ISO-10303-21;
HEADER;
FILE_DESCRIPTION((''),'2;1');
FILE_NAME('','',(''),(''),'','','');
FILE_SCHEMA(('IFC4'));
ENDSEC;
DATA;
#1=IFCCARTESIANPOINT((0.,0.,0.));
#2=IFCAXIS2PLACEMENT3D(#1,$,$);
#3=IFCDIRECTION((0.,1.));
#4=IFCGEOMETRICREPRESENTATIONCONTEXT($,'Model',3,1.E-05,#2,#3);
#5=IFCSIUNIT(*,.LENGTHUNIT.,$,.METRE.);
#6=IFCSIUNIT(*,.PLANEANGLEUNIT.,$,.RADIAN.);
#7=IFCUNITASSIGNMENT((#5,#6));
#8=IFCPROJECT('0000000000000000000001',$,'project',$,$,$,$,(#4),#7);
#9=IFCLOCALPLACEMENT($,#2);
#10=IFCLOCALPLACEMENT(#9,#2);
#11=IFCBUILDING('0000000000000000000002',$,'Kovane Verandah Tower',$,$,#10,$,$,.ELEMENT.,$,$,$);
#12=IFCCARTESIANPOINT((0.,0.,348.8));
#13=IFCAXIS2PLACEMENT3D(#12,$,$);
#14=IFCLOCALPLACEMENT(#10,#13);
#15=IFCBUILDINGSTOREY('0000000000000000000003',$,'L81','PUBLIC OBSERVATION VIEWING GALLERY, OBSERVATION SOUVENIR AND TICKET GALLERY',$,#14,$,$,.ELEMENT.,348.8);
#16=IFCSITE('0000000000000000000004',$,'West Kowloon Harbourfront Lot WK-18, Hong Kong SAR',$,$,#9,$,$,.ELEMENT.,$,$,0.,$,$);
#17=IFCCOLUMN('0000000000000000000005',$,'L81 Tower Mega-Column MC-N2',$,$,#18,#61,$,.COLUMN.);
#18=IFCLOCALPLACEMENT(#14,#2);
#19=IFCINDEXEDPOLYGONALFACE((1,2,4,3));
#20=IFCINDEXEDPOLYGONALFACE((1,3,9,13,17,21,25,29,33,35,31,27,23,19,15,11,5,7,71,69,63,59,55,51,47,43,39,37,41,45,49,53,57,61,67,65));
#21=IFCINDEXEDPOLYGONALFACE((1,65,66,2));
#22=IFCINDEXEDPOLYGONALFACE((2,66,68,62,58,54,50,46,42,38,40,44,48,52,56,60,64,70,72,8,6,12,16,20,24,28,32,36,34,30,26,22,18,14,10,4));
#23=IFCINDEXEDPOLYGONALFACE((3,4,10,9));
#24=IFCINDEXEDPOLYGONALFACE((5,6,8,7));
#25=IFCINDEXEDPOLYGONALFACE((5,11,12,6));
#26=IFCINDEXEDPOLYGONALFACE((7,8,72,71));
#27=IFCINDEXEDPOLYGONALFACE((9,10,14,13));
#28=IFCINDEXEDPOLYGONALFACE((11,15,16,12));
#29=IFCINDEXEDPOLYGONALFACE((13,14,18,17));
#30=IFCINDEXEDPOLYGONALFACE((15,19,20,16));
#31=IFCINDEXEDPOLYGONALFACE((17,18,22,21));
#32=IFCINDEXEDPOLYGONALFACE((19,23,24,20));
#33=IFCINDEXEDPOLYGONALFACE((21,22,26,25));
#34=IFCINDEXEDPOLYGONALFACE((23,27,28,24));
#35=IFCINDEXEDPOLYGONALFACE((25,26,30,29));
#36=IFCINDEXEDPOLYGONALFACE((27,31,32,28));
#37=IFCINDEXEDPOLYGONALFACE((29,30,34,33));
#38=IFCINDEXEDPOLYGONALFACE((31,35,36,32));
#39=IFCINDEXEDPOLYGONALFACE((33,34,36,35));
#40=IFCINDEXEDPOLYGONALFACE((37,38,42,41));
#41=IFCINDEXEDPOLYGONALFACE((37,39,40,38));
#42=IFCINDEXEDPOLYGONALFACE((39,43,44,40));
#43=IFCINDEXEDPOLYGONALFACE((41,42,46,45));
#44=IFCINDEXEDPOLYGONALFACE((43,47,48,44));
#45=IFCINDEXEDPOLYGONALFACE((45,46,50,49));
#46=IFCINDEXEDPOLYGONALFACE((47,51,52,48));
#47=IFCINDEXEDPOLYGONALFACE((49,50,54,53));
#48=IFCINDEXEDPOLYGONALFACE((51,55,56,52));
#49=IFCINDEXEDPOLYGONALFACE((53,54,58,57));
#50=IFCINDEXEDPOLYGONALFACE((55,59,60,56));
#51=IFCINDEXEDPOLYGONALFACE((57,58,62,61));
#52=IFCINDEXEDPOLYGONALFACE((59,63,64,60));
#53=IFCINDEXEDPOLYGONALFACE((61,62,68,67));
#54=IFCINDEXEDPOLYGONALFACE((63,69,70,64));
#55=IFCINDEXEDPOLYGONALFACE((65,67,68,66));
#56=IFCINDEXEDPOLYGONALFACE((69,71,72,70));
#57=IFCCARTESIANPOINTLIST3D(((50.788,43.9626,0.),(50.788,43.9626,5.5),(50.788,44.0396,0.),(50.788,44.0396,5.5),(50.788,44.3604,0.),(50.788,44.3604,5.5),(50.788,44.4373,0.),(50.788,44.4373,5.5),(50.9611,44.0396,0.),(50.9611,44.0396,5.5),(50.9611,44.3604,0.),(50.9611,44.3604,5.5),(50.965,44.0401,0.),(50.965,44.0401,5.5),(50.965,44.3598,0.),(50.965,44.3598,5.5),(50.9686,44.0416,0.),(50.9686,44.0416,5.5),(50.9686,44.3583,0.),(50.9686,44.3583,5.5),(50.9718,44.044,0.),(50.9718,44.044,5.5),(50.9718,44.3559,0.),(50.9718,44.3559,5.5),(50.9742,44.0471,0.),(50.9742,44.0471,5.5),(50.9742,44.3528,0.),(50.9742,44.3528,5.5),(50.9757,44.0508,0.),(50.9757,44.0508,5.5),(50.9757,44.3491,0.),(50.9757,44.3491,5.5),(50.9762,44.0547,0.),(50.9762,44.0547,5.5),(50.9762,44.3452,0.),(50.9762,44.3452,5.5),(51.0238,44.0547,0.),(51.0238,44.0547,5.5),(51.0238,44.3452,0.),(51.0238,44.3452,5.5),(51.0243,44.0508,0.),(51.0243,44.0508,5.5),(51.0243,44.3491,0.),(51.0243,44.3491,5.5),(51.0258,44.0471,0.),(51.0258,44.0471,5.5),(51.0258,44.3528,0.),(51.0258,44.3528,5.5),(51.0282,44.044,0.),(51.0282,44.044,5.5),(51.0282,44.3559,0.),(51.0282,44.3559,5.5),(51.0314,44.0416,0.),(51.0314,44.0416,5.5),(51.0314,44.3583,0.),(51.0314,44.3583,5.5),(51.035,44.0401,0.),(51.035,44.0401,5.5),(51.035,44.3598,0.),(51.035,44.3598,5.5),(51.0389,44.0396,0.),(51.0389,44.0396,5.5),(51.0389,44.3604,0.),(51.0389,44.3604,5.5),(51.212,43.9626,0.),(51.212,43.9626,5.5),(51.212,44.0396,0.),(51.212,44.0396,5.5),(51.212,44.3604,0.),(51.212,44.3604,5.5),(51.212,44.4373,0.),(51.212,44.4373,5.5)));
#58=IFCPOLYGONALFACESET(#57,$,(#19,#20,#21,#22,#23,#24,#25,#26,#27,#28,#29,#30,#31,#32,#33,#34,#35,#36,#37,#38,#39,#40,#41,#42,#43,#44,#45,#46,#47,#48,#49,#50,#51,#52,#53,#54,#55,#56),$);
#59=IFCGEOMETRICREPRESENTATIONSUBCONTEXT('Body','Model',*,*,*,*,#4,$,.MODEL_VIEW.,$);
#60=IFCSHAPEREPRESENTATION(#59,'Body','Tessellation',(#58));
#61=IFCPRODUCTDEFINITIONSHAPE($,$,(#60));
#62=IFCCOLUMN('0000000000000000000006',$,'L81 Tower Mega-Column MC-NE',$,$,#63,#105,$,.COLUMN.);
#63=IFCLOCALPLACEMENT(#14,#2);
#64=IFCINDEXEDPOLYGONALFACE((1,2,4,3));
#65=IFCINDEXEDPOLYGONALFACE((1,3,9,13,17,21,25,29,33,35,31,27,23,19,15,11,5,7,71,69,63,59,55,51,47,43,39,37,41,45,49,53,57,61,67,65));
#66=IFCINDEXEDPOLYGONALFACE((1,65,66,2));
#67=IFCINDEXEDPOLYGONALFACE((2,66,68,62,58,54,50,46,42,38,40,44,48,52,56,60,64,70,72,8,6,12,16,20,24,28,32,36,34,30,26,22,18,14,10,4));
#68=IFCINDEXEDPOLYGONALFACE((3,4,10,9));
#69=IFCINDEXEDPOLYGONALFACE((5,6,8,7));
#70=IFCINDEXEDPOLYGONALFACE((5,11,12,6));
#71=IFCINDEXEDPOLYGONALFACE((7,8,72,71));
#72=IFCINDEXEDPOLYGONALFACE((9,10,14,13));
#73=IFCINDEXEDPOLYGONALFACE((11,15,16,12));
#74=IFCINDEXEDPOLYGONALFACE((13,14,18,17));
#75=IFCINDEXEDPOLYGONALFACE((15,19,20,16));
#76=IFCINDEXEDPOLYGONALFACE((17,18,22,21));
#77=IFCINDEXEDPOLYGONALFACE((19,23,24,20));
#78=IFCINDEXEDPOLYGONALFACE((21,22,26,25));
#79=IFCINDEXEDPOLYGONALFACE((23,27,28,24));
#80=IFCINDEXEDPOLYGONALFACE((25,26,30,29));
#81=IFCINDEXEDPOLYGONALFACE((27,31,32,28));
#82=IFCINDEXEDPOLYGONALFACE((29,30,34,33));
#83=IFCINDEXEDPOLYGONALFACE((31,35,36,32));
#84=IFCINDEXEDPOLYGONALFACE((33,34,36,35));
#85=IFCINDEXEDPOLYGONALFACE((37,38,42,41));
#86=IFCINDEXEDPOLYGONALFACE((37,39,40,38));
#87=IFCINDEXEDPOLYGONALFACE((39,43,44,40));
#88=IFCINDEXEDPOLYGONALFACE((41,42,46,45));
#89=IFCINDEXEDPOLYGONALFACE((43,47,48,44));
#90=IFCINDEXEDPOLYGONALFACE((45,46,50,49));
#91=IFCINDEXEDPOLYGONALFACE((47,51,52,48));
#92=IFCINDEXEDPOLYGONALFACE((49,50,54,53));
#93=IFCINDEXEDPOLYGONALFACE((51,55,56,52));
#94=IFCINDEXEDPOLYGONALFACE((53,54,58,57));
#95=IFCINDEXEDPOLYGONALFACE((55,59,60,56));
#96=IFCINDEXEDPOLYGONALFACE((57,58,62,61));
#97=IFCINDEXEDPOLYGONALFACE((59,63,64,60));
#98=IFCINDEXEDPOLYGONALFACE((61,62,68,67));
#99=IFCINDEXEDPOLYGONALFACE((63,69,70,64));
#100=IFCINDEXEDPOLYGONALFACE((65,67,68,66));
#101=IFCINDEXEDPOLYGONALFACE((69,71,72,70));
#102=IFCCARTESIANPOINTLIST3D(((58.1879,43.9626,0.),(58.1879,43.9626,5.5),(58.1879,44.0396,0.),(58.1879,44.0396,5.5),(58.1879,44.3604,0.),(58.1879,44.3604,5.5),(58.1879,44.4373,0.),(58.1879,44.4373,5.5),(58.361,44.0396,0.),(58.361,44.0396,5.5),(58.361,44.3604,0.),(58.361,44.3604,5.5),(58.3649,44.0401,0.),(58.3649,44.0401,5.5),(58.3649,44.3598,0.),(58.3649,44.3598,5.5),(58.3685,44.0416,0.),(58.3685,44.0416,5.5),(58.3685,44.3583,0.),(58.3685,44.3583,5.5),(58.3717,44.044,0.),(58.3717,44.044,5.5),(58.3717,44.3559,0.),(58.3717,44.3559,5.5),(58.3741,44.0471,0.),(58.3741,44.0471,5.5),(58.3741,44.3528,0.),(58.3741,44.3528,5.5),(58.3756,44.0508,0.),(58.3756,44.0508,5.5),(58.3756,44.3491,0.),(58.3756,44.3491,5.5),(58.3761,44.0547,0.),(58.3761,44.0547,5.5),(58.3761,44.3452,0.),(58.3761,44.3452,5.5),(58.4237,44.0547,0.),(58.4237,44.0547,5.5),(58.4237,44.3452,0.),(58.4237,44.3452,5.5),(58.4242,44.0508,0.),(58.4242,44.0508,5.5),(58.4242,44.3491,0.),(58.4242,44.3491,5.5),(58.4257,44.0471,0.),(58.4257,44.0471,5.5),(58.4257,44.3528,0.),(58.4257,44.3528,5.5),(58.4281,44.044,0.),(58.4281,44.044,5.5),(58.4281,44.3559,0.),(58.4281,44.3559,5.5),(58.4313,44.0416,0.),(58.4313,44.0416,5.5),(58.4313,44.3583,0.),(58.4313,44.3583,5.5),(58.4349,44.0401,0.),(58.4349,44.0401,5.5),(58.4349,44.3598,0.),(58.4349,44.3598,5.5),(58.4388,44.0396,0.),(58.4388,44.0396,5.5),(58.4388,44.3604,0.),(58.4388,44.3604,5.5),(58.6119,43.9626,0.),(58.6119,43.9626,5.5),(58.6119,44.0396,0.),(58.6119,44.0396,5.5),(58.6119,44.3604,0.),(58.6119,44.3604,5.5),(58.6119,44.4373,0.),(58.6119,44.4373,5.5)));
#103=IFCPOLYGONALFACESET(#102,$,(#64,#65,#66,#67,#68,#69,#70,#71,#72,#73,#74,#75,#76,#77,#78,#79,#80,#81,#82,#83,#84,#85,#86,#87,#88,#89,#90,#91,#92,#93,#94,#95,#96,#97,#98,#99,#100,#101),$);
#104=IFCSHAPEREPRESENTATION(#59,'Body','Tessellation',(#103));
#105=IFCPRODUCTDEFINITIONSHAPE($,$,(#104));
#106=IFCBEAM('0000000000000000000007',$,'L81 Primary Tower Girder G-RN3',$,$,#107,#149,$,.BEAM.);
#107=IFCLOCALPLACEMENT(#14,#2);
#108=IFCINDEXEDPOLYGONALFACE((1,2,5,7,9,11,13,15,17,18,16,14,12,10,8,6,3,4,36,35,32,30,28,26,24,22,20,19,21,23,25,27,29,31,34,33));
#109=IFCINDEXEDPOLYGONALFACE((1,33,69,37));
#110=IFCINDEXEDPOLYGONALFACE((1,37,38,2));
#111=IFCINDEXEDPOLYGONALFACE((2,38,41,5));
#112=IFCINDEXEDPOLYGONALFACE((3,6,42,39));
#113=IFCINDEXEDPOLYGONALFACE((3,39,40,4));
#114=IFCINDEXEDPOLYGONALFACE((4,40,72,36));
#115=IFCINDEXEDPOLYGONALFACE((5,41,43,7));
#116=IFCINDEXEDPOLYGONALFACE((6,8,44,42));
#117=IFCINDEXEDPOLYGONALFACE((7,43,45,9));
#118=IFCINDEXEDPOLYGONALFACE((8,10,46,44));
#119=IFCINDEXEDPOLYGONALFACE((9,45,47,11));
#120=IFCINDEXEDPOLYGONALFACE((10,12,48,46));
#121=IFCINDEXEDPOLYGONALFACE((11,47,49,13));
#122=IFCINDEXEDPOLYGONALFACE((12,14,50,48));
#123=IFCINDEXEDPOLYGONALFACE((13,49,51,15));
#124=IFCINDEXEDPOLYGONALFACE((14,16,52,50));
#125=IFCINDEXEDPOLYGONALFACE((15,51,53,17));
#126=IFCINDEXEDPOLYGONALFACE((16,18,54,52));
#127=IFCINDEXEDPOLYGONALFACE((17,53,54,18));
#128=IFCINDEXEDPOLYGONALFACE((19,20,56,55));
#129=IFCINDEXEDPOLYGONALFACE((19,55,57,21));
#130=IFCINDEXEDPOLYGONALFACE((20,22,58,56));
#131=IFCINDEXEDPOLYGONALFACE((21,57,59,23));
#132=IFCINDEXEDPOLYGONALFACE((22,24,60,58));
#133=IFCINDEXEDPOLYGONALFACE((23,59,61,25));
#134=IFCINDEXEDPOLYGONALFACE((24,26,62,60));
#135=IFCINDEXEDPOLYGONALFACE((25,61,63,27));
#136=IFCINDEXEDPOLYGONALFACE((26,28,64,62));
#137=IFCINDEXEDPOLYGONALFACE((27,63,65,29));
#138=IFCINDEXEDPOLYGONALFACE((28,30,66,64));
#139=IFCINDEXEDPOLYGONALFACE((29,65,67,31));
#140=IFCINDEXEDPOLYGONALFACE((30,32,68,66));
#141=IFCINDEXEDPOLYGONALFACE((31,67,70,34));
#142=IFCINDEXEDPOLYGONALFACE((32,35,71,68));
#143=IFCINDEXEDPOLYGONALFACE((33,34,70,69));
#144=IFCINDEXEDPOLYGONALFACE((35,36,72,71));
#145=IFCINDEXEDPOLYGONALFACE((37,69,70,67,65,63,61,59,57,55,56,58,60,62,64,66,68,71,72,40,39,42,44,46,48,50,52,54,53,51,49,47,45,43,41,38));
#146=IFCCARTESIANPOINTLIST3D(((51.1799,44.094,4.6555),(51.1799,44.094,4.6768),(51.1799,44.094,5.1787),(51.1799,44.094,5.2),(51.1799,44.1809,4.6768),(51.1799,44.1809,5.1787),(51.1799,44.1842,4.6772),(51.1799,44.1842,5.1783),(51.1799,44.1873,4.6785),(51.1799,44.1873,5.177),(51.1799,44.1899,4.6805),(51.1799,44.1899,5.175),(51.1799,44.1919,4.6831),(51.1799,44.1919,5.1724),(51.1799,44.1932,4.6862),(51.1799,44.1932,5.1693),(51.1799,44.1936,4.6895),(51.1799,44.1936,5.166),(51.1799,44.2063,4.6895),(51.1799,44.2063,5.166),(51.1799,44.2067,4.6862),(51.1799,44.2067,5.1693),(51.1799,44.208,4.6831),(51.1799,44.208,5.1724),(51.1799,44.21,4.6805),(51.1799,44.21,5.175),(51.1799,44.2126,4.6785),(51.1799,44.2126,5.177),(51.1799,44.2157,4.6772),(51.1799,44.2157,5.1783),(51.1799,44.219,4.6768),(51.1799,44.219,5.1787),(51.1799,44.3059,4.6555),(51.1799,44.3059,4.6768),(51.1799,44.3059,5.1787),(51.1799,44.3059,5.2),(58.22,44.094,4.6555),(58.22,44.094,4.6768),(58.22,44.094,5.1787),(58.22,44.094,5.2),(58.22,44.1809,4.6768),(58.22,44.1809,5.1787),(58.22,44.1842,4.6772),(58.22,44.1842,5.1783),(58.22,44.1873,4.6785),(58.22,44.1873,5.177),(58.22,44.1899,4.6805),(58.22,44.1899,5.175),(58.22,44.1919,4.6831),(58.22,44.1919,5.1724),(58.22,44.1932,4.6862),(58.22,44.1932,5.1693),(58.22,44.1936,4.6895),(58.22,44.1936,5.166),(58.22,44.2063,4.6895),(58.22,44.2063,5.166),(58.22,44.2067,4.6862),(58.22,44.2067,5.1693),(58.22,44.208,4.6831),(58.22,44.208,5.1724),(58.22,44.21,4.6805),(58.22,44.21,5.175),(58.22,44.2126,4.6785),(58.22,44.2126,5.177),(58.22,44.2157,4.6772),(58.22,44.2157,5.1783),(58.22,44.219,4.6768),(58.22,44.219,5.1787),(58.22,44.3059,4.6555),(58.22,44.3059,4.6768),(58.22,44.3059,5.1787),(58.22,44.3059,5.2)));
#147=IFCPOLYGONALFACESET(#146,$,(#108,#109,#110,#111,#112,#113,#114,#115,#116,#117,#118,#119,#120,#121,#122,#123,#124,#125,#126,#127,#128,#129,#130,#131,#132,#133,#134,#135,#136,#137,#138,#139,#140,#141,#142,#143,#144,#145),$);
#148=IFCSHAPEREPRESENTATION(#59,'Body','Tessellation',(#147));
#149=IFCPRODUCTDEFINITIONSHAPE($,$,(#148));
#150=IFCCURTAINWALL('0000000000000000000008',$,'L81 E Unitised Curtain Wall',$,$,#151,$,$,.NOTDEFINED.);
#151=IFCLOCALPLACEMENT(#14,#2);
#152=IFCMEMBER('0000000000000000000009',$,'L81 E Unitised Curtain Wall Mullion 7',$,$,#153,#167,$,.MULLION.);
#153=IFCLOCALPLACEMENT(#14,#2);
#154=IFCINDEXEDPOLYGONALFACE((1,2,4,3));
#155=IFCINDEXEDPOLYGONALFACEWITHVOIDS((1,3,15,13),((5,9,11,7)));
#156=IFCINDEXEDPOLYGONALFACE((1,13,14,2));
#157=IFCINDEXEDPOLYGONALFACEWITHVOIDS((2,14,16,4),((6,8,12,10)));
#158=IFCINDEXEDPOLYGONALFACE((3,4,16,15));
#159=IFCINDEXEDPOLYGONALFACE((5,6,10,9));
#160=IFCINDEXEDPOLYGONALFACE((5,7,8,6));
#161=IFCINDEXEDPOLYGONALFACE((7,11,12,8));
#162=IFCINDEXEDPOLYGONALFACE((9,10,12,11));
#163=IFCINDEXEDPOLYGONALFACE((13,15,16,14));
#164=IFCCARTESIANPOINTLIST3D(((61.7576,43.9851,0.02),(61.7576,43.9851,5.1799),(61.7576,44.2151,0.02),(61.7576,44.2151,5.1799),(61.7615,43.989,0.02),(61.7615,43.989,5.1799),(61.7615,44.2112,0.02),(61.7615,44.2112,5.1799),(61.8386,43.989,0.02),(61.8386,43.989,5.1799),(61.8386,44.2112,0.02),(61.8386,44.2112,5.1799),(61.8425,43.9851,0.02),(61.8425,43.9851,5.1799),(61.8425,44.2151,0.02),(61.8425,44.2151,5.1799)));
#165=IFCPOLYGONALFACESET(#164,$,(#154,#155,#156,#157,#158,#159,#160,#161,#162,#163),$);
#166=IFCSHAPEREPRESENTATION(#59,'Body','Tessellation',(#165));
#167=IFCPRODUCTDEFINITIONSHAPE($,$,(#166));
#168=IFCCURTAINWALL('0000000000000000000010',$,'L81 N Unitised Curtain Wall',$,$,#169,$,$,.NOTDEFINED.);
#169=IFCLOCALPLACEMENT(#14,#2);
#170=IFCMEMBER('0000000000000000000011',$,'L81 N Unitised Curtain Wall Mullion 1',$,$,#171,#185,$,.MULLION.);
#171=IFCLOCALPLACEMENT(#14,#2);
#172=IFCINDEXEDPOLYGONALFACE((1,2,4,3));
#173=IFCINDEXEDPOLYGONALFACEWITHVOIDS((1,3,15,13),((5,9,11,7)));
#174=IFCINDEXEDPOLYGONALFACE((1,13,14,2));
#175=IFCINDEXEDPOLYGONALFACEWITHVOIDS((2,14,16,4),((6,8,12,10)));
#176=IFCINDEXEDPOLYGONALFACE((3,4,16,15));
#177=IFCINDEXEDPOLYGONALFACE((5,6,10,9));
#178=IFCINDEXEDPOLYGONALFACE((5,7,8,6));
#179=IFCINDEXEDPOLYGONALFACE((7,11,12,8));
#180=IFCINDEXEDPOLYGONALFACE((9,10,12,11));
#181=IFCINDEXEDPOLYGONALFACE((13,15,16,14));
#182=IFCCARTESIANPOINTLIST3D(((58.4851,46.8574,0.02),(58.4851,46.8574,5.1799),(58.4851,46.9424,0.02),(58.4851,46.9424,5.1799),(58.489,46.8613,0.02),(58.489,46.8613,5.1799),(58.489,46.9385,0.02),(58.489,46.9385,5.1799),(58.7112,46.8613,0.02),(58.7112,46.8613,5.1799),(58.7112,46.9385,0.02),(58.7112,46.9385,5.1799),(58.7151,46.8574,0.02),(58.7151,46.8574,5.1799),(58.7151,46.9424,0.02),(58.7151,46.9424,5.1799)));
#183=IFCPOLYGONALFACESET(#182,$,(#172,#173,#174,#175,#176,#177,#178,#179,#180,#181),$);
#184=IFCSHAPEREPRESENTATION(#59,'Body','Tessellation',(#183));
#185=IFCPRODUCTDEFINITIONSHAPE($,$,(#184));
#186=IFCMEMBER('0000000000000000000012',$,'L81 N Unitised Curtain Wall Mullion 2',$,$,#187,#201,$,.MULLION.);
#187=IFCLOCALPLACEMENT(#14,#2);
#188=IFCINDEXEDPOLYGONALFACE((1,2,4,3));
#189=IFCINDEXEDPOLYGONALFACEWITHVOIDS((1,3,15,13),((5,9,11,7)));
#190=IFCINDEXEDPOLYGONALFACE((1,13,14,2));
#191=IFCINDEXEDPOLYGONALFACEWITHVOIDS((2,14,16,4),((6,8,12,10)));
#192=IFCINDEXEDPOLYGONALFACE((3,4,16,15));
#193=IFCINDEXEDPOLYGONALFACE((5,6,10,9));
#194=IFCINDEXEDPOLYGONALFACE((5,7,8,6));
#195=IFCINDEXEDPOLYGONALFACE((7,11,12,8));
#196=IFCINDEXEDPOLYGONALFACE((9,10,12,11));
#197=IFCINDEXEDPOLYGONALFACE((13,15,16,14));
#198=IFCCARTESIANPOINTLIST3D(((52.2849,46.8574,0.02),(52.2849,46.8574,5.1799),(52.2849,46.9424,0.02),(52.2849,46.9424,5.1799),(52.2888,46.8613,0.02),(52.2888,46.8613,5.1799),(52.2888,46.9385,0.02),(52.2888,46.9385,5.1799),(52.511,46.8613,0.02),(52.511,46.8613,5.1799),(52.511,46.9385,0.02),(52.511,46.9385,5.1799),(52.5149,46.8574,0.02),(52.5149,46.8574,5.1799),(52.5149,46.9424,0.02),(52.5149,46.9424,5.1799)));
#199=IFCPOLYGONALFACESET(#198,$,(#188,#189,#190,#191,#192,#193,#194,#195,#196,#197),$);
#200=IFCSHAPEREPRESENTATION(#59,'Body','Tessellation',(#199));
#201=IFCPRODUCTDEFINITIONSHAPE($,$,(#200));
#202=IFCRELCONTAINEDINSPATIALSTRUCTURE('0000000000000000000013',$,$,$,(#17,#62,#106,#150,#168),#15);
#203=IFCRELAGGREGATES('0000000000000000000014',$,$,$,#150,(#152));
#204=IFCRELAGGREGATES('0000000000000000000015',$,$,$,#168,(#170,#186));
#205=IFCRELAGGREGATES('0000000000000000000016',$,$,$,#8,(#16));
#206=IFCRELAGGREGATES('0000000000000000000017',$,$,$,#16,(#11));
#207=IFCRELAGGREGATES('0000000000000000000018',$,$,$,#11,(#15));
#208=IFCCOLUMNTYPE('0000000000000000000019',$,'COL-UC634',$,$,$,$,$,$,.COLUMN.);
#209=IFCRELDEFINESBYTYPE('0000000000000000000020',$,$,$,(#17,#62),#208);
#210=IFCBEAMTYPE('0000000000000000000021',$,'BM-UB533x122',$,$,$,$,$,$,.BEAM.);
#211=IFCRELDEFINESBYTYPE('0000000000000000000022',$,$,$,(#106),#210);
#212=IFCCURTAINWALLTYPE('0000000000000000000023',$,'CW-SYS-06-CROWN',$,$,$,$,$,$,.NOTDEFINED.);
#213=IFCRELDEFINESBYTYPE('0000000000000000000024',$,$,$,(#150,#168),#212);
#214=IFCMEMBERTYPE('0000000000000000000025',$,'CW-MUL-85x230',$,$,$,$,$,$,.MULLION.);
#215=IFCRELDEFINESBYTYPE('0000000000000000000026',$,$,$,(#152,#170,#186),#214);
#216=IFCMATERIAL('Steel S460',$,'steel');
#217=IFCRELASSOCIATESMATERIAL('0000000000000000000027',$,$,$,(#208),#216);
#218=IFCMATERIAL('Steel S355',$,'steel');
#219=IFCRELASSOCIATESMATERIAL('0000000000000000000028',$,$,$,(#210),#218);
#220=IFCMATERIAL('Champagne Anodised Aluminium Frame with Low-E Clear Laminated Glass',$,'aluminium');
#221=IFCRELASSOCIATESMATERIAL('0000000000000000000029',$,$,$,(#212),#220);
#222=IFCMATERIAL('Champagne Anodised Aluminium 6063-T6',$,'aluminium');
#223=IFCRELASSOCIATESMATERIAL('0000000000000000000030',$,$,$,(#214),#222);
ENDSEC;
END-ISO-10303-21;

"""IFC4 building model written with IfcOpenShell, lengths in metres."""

from ifc_helpers import new_model, si_unit, direction, frame, origin, origin_2d, place, context, subcontext, project, spatial, hollow_rectangle, i_section, extrude, material, material_profile, profile_set, type_object, element, aggregate, save


model = new_model("IFC4")

# Units and contexts
model_context = context("Model", 3, precision=1e-05, world=origin(), true_north=direction((0.0, 1.0)))
body_context = subcontext(model_context, "Body", "Model", "MODEL_VIEW")
ifc_project = project(units=[si_unit("LENGTHUNIT", "METRE"), si_unit("PLANEANGLEUNIT", "RADIAN")], contexts=[model_context])

# Site, building, storey
site_placement = place(None, origin())
site = spatial("IfcSite", under=ifc_project, at=site_placement, Name="West Kowloon Harbourfront Lot WK-18, Hong Kong SAR", CompositionType="ELEMENT", RefElevation=0.0)
building_placement = place(site_placement, origin())
building = spatial("IfcBuilding", under=site, at=building_placement, Name="Kovane Verandah Tower", CompositionType="ELEMENT")
storey_placement = place(building_placement, frame((0.0, 0.0, 348.8)))
storey = spatial("IfcBuildingStorey", under=building, at=storey_placement, Name="L81", Description="PUBLIC OBSERVATION VIEWING GALLERY, OBSERVATION SOUVENIR AND TICKET GALLERY", CompositionType="ELEMENT", Elevation=348.8)

# Columns
ifc_material_1 = material(Name="Steel S460", Category="steel")
ifc_material_profile_1 = material_profile(ifc_material_1, i_section(OverallWidth=0.4241, OverallDepth=0.4746, WebThickness=0.0476, FlangeThickness=0.0769, FilletRadius=0.0151, at=origin_2d()), Name="UC356x406x634")
ifc_profile_set_1 = profile_set([ifc_material_profile_1], Name="Steel S460")
column_type = type_object("IfcColumnType", Name="COL-UC634", PredefinedType="COLUMN", material=ifc_profile_set_1)
for number, where, z_axis, x_axis, name in (
    (1, (51.0, 44.2, 0.0), (0.0, 0.0, 1.0), (1.0, 0.0, 0.0), "L81 Tower Mega-Column MC-N2"),
    (2, (58.3999, 44.2, 0.0), (0.0, 0.0, 1.0), (1.0, 0.0, 0.0), "L81 Tower Mega-Column MC-NE"),
):
    element("IfcColumn", number, at=place(storey_placement, frame(where, z_axis=z_axis, x_axis=x_axis)), inside=storey, type_object=column_type, Name=name, PredefinedType="COLUMN", context=body_context, shape_type="SweptSolid", body=[
        extrude(i_section(OverallWidth=0.4241, OverallDepth=0.4746, WebThickness=0.0476, FlangeThickness=0.0769, FilletRadius=0.0151, at=origin_2d()), origin(), (0.0, 0.0, 1.0), 5.5),
    ])

# Beam
ifc_material_2 = material(Name="Steel S355", Category="steel")
ifc_material_profile_2 = material_profile(ifc_material_2, i_section(OverallWidth=0.2119, OverallDepth=0.5444, WebThickness=0.0127, FlangeThickness=0.0212, FilletRadius=0.0127, at=origin_2d()), Name="UB533x210x122")
ifc_profile_set_2 = profile_set([ifc_material_profile_2], Name="Steel S355")
beam_type = type_object("IfcBeamType", Name="BM-UB533x122", PredefinedType="BEAM", material=ifc_profile_set_2)
beam_placement = place(storey_placement, frame((51.1799, 44.2, 4.9277), z_axis=(1.0, 0.0, 0.0), x_axis=(0.0, 1.0, 0.0)))
element("IfcBeam", 3, at=beam_placement, inside=storey, type_object=beam_type, Name="L81 Primary Tower Girder G-RN3", PredefinedType="BEAM", context=body_context, shape_type="SweptSolid", body=[
    extrude(i_section(OverallWidth=0.2119, OverallDepth=0.5444, WebThickness=0.0127, FlangeThickness=0.0212, FilletRadius=0.0127, at=origin_2d()), origin(), (0.0, 0.0, 1.0), 7.04),
])

# Curtain wall, member
ifc_material_3 = material(Name="Champagne Anodised Aluminium Frame with Low-E Clear Laminated Glass", Category="aluminium")
curtain_wall_type = type_object("IfcCurtainWallType", Name="CW-SYS-06-CROWN", PredefinedType="NOTDEFINED", material=ifc_material_3)
curtain_wall_1_placement = place(storey_placement, origin())
curtain_wall_1 = element("IfcCurtainWall", 4, at=curtain_wall_1_placement, inside=storey, type_object=curtain_wall_type, Name="L81 E Unitised Curtain Wall", PredefinedType="NOTDEFINED")
ifc_material_4 = material(Name="Champagne Anodised Aluminium 6063-T6", Category="aluminium")
ifc_material_profile_3 = material_profile(ifc_material_4, hollow_rectangle(XDim=0.085, YDim=0.23, WallThickness=0.0039, at=origin_2d()), Name="AL85x230x4")
ifc_profile_set_3 = profile_set([ifc_material_profile_3], Name="Champagne Anodised Aluminium 6063-T6")
member_type_1 = type_object("IfcMemberType", Name="CW-MUL-85x230", PredefinedType="MULLION", material=ifc_profile_set_3)
member_1_placement = place(storey_placement, frame((61.8, 44.1001, 0.02), z_axis=(0.0, 0.0, 1.0), x_axis=(1.0, 0.0, 0.0)))
member_1 = element("IfcMember", 5, at=member_1_placement, type_object=member_type_1, Name="L81 E Unitised Curtain Wall Mullion 7", PredefinedType="MULLION", context=body_context, shape_type="SweptSolid", body=[
    extrude(hollow_rectangle(XDim=0.085, YDim=0.23, WallThickness=0.0039, at=origin_2d()), origin(), (0.0, 0.0, 1.0), 5.1599),
])

# Curtain wall, members
curtain_wall_2_placement = place(storey_placement, origin())
curtain_wall_2 = element("IfcCurtainWall", 6, at=curtain_wall_2_placement, inside=storey, type_object=curtain_wall_type, Name="L81 N Unitised Curtain Wall", PredefinedType="NOTDEFINED")
member_2_placement = place(storey_placement, frame((58.6001, 46.8999, 0.02), z_axis=(0.0, 0.0, 1.0), x_axis=(0.0, 1.0, 0.0)))
member_2 = element("IfcMember", 7, at=member_2_placement, type_object=member_type_1, Name="L81 N Unitised Curtain Wall Mullion 1", PredefinedType="MULLION", context=body_context, shape_type="SweptSolid", body=[
    extrude(hollow_rectangle(XDim=0.085, YDim=0.23, WallThickness=0.0039, at=origin_2d()), origin(), (0.0, 0.0, 1.0), 5.1599),
])
member_3_placement = place(storey_placement, frame((52.3999, 46.8999, 0.02), z_axis=(0.0, 0.0, 1.0), x_axis=(0.0, 1.0, 0.0)))
member_3 = element("IfcMember", 8, at=member_3_placement, type_object=member_type_1, Name="L81 N Unitised Curtain Wall Mullion 2", PredefinedType="MULLION", context=body_context, shape_type="SweptSolid", body=[
    extrude(hollow_rectangle(XDim=0.085, YDim=0.23, WallThickness=0.0039, at=origin_2d()), origin(), (0.0, 0.0, 1.0), 5.1599),
])

aggregate(curtain_wall_1, [member_1])
aggregate(curtain_wall_2, [member_2, member_3])

save(model, "model.ifc")
